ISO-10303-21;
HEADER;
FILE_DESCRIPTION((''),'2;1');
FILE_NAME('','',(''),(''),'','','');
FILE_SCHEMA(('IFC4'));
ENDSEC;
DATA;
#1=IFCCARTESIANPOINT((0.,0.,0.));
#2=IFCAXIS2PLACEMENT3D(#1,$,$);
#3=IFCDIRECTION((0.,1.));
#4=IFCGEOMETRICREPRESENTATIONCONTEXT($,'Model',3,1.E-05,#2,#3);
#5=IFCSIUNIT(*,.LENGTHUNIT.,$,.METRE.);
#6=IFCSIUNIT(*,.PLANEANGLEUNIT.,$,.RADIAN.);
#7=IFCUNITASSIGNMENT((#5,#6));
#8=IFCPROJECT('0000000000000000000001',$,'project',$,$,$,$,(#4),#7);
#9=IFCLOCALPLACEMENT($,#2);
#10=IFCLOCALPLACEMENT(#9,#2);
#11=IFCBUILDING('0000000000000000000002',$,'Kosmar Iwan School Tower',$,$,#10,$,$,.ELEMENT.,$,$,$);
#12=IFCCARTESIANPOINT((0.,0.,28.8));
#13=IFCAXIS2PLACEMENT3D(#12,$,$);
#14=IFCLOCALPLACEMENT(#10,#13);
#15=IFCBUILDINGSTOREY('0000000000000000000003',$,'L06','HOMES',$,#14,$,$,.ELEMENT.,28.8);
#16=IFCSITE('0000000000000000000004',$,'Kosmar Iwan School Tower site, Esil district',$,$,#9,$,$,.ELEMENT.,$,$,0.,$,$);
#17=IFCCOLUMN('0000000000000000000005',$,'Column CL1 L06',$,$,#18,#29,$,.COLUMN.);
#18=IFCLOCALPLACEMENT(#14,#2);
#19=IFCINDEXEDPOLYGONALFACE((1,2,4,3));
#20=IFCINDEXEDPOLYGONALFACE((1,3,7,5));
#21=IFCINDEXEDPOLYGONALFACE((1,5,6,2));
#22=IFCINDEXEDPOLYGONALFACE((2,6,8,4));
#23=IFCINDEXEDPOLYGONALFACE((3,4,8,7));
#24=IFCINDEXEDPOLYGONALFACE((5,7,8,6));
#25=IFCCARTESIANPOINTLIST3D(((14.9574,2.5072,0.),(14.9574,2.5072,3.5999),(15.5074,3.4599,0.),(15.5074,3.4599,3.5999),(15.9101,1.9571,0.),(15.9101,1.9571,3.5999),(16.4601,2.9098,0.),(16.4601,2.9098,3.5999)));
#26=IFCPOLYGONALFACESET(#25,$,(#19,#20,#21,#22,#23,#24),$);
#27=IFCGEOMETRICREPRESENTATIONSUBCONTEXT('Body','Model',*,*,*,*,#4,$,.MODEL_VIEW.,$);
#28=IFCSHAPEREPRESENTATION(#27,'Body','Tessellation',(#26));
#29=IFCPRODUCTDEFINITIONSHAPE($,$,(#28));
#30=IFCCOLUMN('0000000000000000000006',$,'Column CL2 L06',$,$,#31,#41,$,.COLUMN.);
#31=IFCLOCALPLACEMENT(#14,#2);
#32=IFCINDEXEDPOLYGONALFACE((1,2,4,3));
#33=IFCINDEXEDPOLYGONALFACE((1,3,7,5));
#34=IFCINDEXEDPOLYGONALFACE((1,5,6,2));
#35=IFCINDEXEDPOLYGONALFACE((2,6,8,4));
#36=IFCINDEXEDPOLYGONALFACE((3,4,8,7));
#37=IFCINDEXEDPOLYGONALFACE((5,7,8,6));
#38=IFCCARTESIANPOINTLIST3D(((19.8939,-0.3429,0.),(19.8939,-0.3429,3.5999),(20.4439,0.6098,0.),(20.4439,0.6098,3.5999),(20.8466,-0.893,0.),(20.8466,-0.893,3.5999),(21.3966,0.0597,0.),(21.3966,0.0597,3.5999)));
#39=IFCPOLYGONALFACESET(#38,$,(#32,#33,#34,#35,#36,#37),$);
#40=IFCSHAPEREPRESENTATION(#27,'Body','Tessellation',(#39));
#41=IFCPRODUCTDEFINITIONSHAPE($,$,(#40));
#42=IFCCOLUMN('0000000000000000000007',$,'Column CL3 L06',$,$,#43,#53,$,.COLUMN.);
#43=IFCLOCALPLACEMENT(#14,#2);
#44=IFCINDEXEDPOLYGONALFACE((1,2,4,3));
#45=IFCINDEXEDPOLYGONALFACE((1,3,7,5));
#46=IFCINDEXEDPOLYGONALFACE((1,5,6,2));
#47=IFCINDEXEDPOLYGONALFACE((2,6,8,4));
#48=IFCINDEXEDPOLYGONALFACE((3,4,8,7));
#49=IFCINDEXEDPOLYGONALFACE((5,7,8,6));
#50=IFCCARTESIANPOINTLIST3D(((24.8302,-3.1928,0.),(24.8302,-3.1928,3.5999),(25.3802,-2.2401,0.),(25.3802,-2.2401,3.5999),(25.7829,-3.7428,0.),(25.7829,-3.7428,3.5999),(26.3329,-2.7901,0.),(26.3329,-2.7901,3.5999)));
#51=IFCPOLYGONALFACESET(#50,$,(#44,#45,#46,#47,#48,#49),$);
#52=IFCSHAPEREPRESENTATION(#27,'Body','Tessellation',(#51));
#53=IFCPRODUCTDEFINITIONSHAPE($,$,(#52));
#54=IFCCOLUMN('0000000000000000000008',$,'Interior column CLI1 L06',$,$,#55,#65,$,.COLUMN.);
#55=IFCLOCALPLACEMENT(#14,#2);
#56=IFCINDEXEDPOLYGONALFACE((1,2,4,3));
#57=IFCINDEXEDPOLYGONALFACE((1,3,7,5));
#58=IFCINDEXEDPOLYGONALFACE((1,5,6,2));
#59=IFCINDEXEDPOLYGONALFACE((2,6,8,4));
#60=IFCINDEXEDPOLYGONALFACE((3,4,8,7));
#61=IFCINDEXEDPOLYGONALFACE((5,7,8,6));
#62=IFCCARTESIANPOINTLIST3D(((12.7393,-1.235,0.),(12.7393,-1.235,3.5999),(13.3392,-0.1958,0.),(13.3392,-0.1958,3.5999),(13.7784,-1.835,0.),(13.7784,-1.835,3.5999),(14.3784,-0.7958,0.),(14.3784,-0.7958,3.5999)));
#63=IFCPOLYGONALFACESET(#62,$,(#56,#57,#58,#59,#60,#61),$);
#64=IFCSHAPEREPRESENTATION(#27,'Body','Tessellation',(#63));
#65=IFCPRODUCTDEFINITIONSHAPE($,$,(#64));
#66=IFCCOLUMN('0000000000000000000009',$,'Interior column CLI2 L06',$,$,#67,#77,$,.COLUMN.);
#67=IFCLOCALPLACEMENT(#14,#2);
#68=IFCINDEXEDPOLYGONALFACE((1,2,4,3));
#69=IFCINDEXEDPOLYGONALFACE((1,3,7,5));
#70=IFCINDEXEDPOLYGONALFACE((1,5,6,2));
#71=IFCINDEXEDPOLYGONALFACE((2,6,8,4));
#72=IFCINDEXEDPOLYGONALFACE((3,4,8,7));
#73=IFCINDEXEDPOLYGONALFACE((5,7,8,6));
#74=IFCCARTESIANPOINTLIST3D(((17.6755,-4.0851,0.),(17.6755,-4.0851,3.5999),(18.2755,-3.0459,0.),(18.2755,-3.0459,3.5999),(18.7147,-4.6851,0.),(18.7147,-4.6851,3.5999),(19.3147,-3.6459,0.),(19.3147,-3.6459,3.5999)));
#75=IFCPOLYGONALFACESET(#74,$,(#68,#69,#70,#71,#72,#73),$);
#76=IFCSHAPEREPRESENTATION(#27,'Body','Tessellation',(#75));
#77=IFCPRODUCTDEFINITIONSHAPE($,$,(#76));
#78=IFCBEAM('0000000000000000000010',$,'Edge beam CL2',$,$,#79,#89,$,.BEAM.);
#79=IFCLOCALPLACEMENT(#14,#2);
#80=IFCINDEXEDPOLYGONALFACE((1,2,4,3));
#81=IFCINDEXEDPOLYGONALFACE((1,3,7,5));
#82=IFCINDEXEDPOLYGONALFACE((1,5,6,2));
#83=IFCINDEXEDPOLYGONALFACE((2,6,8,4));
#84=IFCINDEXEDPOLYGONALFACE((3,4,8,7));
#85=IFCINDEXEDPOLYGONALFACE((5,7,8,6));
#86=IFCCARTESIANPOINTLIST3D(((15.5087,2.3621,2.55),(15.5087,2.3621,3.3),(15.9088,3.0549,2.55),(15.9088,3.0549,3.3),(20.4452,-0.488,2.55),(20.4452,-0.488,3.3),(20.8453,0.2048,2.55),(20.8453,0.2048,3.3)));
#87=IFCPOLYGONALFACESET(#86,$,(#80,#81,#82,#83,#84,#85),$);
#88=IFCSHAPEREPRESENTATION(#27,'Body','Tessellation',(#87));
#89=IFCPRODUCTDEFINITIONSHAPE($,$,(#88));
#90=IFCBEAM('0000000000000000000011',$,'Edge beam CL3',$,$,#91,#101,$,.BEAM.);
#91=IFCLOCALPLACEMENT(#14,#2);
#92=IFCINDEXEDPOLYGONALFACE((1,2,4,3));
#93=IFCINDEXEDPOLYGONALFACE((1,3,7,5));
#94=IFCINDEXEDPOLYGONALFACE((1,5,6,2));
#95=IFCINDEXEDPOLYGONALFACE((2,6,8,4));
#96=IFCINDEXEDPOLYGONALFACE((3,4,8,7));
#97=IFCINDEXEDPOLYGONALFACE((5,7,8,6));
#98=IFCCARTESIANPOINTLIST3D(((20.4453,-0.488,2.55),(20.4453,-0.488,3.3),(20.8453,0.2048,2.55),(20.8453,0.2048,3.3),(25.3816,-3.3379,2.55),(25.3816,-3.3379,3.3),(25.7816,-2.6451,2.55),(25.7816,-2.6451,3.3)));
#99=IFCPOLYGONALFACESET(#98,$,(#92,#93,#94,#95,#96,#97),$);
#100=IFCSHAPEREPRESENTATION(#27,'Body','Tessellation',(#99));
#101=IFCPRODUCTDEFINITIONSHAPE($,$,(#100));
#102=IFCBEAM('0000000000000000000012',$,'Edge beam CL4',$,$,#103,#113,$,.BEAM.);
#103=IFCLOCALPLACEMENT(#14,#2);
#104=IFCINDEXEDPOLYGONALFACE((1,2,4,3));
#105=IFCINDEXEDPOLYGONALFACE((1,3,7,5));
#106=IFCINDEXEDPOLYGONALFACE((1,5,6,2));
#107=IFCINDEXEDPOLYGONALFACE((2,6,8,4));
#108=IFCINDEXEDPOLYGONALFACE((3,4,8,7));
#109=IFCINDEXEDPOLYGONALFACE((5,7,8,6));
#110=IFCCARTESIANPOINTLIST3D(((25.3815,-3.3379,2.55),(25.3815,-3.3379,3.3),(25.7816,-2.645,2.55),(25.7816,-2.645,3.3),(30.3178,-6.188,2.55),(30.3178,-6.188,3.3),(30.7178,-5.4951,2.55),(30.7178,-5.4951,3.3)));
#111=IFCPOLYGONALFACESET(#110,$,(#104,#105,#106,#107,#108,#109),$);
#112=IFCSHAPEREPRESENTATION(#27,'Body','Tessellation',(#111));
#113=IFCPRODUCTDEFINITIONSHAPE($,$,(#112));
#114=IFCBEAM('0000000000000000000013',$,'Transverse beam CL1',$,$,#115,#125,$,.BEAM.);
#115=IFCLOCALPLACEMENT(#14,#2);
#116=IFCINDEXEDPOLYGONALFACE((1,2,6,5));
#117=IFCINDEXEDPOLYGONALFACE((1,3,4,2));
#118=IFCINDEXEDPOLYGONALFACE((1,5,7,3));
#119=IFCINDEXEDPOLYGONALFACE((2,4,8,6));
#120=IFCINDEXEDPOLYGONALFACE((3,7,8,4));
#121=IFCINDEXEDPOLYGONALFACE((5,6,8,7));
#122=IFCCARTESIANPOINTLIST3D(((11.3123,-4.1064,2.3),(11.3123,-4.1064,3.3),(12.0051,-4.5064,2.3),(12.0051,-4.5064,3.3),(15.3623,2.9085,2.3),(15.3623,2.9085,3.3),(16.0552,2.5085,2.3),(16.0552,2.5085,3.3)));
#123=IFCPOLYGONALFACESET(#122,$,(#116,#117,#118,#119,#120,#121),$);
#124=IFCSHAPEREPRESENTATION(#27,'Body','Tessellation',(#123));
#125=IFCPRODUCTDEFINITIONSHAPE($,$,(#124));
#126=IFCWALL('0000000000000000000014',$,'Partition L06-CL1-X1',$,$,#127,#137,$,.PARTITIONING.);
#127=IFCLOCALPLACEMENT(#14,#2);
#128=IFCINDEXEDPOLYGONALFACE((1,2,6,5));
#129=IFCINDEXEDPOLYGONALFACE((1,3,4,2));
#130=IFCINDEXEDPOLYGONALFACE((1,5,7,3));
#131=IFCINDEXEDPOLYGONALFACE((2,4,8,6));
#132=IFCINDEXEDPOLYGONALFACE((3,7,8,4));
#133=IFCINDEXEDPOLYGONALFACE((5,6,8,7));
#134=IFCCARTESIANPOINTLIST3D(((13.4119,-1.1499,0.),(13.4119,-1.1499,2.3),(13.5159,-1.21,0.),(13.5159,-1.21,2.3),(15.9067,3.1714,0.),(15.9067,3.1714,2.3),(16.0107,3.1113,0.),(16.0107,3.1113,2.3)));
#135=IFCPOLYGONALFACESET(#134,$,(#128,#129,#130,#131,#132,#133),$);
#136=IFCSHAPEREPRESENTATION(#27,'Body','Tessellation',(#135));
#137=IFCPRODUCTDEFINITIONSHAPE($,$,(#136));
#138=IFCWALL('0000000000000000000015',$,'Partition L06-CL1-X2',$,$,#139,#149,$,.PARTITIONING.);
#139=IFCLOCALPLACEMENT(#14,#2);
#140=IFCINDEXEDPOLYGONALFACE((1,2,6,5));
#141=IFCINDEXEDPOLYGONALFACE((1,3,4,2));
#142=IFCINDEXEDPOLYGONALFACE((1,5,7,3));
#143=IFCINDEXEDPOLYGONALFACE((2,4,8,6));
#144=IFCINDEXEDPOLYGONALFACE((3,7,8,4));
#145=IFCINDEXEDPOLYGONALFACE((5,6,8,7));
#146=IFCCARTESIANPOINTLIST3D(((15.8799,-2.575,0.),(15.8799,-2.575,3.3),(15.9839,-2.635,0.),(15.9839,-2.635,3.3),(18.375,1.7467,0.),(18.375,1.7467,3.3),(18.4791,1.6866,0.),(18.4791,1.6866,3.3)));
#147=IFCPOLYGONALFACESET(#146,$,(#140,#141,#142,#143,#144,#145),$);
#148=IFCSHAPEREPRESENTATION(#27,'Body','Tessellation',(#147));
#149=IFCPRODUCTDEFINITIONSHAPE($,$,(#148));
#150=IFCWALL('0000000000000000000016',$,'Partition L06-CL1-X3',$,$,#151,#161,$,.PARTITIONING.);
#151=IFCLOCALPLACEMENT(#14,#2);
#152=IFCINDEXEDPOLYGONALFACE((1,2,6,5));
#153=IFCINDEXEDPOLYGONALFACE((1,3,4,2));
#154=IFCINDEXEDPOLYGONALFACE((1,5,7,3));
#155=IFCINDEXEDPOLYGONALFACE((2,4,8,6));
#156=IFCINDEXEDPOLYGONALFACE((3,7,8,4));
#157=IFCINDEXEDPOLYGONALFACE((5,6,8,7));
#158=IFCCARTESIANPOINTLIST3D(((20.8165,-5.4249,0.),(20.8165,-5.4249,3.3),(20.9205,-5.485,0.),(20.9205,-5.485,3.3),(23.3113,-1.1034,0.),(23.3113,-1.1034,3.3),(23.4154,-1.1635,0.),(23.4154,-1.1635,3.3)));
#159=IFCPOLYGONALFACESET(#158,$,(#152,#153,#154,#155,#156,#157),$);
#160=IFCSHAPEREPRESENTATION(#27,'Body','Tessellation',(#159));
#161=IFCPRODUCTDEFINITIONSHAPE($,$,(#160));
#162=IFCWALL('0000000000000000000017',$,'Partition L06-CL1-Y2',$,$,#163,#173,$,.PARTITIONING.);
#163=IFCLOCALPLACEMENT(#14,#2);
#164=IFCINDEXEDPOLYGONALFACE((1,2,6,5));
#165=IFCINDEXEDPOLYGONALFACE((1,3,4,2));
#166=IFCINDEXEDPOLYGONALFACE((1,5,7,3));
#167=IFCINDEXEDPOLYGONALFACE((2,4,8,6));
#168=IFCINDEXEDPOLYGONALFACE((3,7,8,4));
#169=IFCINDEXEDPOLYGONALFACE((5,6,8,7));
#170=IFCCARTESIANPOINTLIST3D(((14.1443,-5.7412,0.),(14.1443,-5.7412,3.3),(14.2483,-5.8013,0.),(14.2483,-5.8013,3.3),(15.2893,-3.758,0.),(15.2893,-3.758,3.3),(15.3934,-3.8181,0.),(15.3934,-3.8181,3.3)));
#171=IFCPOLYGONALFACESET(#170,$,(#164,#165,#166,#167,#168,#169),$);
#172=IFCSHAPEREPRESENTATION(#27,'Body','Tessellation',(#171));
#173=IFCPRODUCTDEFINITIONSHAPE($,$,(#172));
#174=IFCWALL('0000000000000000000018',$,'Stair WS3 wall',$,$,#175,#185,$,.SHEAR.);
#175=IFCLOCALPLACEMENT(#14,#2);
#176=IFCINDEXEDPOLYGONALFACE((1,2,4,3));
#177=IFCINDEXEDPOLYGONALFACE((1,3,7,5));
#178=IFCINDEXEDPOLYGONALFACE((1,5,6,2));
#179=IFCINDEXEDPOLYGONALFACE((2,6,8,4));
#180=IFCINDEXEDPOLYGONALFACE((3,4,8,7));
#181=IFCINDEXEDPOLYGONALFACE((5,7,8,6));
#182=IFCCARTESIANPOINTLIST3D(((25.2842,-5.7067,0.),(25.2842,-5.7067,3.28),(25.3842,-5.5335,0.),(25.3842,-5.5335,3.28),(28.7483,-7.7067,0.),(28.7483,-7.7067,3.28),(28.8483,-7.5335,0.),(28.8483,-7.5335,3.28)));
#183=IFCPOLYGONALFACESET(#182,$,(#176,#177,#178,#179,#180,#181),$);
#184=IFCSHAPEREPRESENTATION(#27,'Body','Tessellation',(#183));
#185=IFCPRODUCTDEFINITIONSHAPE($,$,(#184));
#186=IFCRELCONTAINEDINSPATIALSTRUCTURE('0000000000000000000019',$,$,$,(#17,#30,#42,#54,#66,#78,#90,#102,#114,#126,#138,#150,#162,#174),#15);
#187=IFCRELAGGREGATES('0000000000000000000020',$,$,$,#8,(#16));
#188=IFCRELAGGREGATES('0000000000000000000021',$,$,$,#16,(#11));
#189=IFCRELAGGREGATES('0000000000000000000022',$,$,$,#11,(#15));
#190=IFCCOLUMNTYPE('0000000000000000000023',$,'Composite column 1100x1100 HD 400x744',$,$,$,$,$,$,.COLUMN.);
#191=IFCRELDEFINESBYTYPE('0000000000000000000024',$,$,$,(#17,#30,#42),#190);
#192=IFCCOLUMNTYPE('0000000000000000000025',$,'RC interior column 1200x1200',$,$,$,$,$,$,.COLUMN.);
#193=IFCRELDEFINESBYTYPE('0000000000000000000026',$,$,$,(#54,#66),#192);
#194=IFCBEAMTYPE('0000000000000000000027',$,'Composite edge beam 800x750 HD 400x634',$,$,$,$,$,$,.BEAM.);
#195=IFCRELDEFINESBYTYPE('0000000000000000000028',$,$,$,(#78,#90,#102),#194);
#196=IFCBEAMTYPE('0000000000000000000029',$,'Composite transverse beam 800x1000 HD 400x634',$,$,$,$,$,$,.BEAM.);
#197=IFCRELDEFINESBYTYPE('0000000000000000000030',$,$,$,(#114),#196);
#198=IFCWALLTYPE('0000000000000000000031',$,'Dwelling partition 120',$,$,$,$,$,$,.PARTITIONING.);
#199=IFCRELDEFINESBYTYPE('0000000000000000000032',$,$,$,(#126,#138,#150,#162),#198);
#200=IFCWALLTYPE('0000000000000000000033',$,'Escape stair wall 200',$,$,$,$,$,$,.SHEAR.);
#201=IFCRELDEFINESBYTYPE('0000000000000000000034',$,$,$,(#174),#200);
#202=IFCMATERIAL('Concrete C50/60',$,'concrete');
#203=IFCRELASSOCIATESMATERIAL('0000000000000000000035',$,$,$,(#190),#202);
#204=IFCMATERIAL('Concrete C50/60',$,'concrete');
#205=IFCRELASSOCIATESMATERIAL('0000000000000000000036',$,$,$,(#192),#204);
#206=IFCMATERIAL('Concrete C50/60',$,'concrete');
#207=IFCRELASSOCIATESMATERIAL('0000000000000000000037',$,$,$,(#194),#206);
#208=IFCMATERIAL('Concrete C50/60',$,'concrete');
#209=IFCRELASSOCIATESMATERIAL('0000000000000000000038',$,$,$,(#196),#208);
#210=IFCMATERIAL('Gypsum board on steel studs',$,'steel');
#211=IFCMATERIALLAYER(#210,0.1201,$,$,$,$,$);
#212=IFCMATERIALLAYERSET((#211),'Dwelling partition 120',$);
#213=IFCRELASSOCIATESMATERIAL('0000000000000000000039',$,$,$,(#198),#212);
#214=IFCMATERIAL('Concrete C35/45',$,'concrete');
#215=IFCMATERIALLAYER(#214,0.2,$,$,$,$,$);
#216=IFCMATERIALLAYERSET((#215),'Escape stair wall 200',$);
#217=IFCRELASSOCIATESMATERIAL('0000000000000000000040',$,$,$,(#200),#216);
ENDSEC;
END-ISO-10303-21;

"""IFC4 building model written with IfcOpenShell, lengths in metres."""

from ifc_helpers import new_model, si_unit, direction, frame, frame_2d, origin, origin_2d, place, context, subcontext, project, spatial, rectangle, extrude, material, layer, layer_set, material_profile, profile_set, type_object, element, save


model = new_model("IFC4")

# Units and contexts
model_context = context("Model", 3, precision=1e-05, world=origin(), true_north=direction((0.0, 1.0)))
body_context = subcontext(model_context, "Body", "Model", "MODEL_VIEW")
ifc_project = project(units=[si_unit("LENGTHUNIT", "METRE"), si_unit("PLANEANGLEUNIT", "RADIAN")], contexts=[model_context])

# Site, building, storey
site_placement = place(None, origin())
site = spatial("IfcSite", under=ifc_project, at=site_placement, Name="Kosmar Iwan School Tower site, Esil district", CompositionType="ELEMENT", RefElevation=0.0)
building_placement = place(site_placement, origin())
building = spatial("IfcBuilding", under=site, at=building_placement, Name="Kosmar Iwan School Tower", CompositionType="ELEMENT")
storey_placement = place(building_placement, frame((0.0, 0.0, 28.8)))
storey = spatial("IfcBuildingStorey", under=building, at=storey_placement, Name="L06", Description="HOMES", CompositionType="ELEMENT", Elevation=28.8)

# Columns
ifc_material_1 = material(Name="Concrete C50/60", Category="concrete")
ifc_material_profile_1 = material_profile(ifc_material_1, rectangle(XDim=1.1001, YDim=1.1001, at=origin_2d()), Name="RC 1100x1100 + HD 400x744")
ifc_profile_set_1 = profile_set([ifc_material_profile_1], Name="Concrete C50/60")
column_type_1 = type_object("IfcColumnType", Name="Composite column 1100x1100 HD 400x744", PredefinedType="COLUMN", material=ifc_profile_set_1)
for number, where, z_axis, x_axis, name in (
    (1, (15.7087, 2.7085, 0.0), (0.0, 0.0, 1.0), (0.866025, -0.5, 0.0), "Column CL1 L06"),
    (2, (20.6453, -0.1416, 0.0), (0.0, 0.0, 1.0), (0.866025, -0.5, 0.0), "Column CL2 L06"),
    (3, (25.5815, -2.9915, 0.0), (0.0, 0.0, 1.0), (0.866025, -0.5, 0.0), "Column CL3 L06"),
):
    element("IfcColumn", number, at=place(storey_placement, frame(where, z_axis=z_axis, x_axis=x_axis)), inside=storey, type_object=column_type_1, Name=name, PredefinedType="COLUMN", context=body_context, shape_type="SweptSolid", body=[
        extrude(rectangle(XDim=1.1001, YDim=1.1001, at=origin_2d()), origin(), (0.0, 0.0, 1.0), 3.5999),
    ])
ifc_material_2 = material(Name="Concrete C50/60", Category="concrete")
ifc_material_profile_2 = material_profile(ifc_material_2, rectangle(XDim=1.2, YDim=1.2, at=origin_2d()), Name="RC 1200x1200")
ifc_profile_set_2 = profile_set([ifc_material_profile_2], Name="Concrete C50/60")
column_type_2 = type_object("IfcColumnType", Name="RC interior column 1200x1200", PredefinedType="COLUMN", material=ifc_profile_set_2)
for number, where, z_axis, x_axis, name in (
    (4, (13.5588, -1.0154, 0.0), (0.0, 0.0, 1.0), (0.866025, -0.5, 0.0), "Interior column CLI1 L06"),
    (5, (18.4951, -3.8655, 0.0), (0.0, 0.0, 1.0), (0.866025, -0.5, 0.0), "Interior column CLI2 L06"),
):
    element("IfcColumn", number, at=place(storey_placement, frame(where, z_axis=z_axis, x_axis=x_axis)), inside=storey, type_object=column_type_2, Name=name, PredefinedType="COLUMN", context=body_context, shape_type="SweptSolid", body=[
        extrude(rectangle(XDim=1.2, YDim=1.2, at=origin_2d()), origin(), (0.0, 0.0, 1.0), 3.5999),
    ])

# Beams
ifc_material_3 = material(Name="Concrete C50/60", Category="concrete")
ifc_material_profile_3 = material_profile(ifc_material_3, rectangle(XDim=0.8, YDim=0.75, at=origin_2d()), Name="RC 800x750 + HD 400x634")
ifc_profile_set_3 = profile_set([ifc_material_profile_3], Name="Concrete C50/60")
beam_type_1 = type_object("IfcBeamType", Name="Composite edge beam 800x750 HD 400x634", PredefinedType="BEAM", material=ifc_profile_set_3)
beam_1_placement = place(storey_placement, frame((15.7087, 2.7085, 2.925), z_axis=(0.866026, -0.499999, 0.0), x_axis=(0.499999, 0.866026, 0.0)))
element("IfcBeam", 6, at=beam_1_placement, inside=storey, type_object=beam_type_1, Name="Edge beam CL2", PredefinedType="BEAM", context=body_context, shape_type="SweptSolid", body=[
    extrude(rectangle(XDim=0.8, YDim=0.75, at=origin_2d()), origin(), (0.0, 0.0, 1.0), 5.7002),
])
for number, where, z_axis, x_axis, name in (
    (7, (20.6453, -0.1416, 2.925), (0.866034, -0.499986, 0.0), (0.499986, 0.866034, 0.0), "Edge beam CL3"),
    (8, (25.5815, -2.9915, 2.925), (0.866015, -0.500018, 0.0), (0.500018, 0.866015, 0.0), "Edge beam CL4"),
):
    element("IfcBeam", number, at=place(storey_placement, frame(where, z_axis=z_axis, x_axis=x_axis)), inside=storey, type_object=beam_type_1, Name=name, PredefinedType="BEAM", context=body_context, shape_type="SweptSolid", body=[
        extrude(rectangle(XDim=0.8, YDim=0.75, at=origin_2d()), origin(), (0.0, 0.0, 1.0), 5.7),
    ])
ifc_material_4 = material(Name="Concrete C50/60", Category="concrete")
ifc_material_profile_4 = material_profile(ifc_material_4, rectangle(XDim=0.8, YDim=1.0, at=origin_2d()), Name="RC 800x1000 + HD 400x634")
ifc_profile_set_4 = profile_set([ifc_material_profile_4], Name="Concrete C50/60")
beam_type_2 = type_object("IfcBeamType", Name="Composite transverse beam 800x1000 HD 400x634", PredefinedType="BEAM", material=ifc_profile_set_4)
beam_2_placement = place(storey_placement, frame((15.7087, 2.7085, 2.8), z_axis=(-0.5, -0.866025, 0.0), x_axis=(0.866025, -0.5, 0.0)))
element("IfcBeam", 9, at=beam_2_placement, inside=storey, type_object=beam_type_2, Name="Transverse beam CL1", PredefinedType="BEAM", context=body_context, shape_type="SweptSolid", body=[
    extrude(rectangle(XDim=0.8, YDim=1.0, at=origin_2d()), origin(), (0.0, 0.0, 1.0), 8.1001),
])

# Walls
ifc_material_5 = material(Name="Gypsum board on steel studs", Category="steel")
ifc_layer_1 = layer(ifc_material_5, 0.1201)
ifc_layer_set_1 = layer_set([ifc_layer_1], Name="Dwelling partition 120")
wall_type_1 = type_object("IfcWallType", Name="Dwelling partition 120", PredefinedType="PARTITIONING", material=ifc_layer_set_1)
wall_1_placement = place(storey_placement, frame((13.4639, -1.1799, 0.0), z_axis=(0.0, 0.0, 1.0), x_axis=(0.499996, 0.866028, 0.0)))
element("IfcWall", 10, at=wall_1_placement, inside=storey, type_object=wall_type_1, Name="Partition L06-CL1-X1", PredefinedType="PARTITIONING", context=body_context, shape_type="SweptSolid", body=[
    extrude(rectangle(XDim=4.9897, YDim=0.1201, at=frame_2d((2.4949, 0.0))), origin(), (0.0, 0.0, 1.0), 2.3),
])
wall_2_placement = place(storey_placement, frame((15.9319, -2.605, 0.0), z_axis=(0.0, 0.0, 1.0), x_axis=(0.500012, 0.866019, 0.0)))
element("IfcWall", 11, at=wall_2_placement, inside=storey, type_object=wall_type_1, Name="Partition L06-CL1-X2", PredefinedType="PARTITIONING", context=body_context, shape_type="SweptSolid", body=[
    extrude(rectangle(XDim=4.9902, YDim=0.1201, at=frame_2d((2.4951, 0.0))), origin(), (0.0, 0.0, 1.0), 3.3),
])
wall_3_placement = place(storey_placement, frame((20.8684, -5.4551, 0.0), z_axis=(0.0, 0.0, 1.0), x_axis=(0.499975, 0.86604, 0.0)))
element("IfcWall", 12, at=wall_3_placement, inside=storey, type_object=wall_type_1, Name="Partition L06-CL1-X3", PredefinedType="PARTITIONING", context=body_context, shape_type="SweptSolid", body=[
    extrude(rectangle(XDim=4.99, YDim=0.1201, at=frame_2d((2.4951, 0.0))), origin(), (0.0, 0.0, 1.0), 3.3),
])
wall_4_placement = place(storey_placement, frame((14.1963, -5.7712, 0.0), z_axis=(0.0, 0.0, 1.0), x_axis=(0.500015, 0.866017, 0.0)))
element("IfcWall", 13, at=wall_4_placement, inside=storey, type_object=wall_type_1, Name="Partition L06-CL1-Y2", PredefinedType="PARTITIONING", context=body_context, shape_type="SweptSolid", body=[
    extrude(rectangle(XDim=2.29, YDim=0.1201, at=frame_2d((1.145, 0.0))), origin(), (0.0, 0.0, 1.0), 3.3),
])
ifc_material_6 = material(Name="Concrete C35/45", Category="concrete")
ifc_layer_2 = layer(ifc_material_6, 0.2)
ifc_layer_set_2 = layer_set([ifc_layer_2], Name="Escape stair wall 200")
wall_type_2 = type_object("IfcWallType", Name="Escape stair wall 200", PredefinedType="SHEAR", material=ifc_layer_set_2)
wall_5_placement = place(storey_placement, frame((25.3342, -5.6201, 0.0), z_axis=(0.0, 0.0, 1.0), x_axis=(0.866026, -0.499999, 0.0)))
element("IfcWall", 14, at=wall_5_placement, inside=storey, type_object=wall_type_2, Name="Stair WS3 wall", PredefinedType="SHEAR", context=body_context, shape_type="SweptSolid", body=[
    extrude(rectangle(XDim=4.0, YDim=0.2, at=frame_2d((2.0, 0.0))), origin(), (0.0, 0.0, 1.0), 3.28),
])

save(model, "model.ifc")
